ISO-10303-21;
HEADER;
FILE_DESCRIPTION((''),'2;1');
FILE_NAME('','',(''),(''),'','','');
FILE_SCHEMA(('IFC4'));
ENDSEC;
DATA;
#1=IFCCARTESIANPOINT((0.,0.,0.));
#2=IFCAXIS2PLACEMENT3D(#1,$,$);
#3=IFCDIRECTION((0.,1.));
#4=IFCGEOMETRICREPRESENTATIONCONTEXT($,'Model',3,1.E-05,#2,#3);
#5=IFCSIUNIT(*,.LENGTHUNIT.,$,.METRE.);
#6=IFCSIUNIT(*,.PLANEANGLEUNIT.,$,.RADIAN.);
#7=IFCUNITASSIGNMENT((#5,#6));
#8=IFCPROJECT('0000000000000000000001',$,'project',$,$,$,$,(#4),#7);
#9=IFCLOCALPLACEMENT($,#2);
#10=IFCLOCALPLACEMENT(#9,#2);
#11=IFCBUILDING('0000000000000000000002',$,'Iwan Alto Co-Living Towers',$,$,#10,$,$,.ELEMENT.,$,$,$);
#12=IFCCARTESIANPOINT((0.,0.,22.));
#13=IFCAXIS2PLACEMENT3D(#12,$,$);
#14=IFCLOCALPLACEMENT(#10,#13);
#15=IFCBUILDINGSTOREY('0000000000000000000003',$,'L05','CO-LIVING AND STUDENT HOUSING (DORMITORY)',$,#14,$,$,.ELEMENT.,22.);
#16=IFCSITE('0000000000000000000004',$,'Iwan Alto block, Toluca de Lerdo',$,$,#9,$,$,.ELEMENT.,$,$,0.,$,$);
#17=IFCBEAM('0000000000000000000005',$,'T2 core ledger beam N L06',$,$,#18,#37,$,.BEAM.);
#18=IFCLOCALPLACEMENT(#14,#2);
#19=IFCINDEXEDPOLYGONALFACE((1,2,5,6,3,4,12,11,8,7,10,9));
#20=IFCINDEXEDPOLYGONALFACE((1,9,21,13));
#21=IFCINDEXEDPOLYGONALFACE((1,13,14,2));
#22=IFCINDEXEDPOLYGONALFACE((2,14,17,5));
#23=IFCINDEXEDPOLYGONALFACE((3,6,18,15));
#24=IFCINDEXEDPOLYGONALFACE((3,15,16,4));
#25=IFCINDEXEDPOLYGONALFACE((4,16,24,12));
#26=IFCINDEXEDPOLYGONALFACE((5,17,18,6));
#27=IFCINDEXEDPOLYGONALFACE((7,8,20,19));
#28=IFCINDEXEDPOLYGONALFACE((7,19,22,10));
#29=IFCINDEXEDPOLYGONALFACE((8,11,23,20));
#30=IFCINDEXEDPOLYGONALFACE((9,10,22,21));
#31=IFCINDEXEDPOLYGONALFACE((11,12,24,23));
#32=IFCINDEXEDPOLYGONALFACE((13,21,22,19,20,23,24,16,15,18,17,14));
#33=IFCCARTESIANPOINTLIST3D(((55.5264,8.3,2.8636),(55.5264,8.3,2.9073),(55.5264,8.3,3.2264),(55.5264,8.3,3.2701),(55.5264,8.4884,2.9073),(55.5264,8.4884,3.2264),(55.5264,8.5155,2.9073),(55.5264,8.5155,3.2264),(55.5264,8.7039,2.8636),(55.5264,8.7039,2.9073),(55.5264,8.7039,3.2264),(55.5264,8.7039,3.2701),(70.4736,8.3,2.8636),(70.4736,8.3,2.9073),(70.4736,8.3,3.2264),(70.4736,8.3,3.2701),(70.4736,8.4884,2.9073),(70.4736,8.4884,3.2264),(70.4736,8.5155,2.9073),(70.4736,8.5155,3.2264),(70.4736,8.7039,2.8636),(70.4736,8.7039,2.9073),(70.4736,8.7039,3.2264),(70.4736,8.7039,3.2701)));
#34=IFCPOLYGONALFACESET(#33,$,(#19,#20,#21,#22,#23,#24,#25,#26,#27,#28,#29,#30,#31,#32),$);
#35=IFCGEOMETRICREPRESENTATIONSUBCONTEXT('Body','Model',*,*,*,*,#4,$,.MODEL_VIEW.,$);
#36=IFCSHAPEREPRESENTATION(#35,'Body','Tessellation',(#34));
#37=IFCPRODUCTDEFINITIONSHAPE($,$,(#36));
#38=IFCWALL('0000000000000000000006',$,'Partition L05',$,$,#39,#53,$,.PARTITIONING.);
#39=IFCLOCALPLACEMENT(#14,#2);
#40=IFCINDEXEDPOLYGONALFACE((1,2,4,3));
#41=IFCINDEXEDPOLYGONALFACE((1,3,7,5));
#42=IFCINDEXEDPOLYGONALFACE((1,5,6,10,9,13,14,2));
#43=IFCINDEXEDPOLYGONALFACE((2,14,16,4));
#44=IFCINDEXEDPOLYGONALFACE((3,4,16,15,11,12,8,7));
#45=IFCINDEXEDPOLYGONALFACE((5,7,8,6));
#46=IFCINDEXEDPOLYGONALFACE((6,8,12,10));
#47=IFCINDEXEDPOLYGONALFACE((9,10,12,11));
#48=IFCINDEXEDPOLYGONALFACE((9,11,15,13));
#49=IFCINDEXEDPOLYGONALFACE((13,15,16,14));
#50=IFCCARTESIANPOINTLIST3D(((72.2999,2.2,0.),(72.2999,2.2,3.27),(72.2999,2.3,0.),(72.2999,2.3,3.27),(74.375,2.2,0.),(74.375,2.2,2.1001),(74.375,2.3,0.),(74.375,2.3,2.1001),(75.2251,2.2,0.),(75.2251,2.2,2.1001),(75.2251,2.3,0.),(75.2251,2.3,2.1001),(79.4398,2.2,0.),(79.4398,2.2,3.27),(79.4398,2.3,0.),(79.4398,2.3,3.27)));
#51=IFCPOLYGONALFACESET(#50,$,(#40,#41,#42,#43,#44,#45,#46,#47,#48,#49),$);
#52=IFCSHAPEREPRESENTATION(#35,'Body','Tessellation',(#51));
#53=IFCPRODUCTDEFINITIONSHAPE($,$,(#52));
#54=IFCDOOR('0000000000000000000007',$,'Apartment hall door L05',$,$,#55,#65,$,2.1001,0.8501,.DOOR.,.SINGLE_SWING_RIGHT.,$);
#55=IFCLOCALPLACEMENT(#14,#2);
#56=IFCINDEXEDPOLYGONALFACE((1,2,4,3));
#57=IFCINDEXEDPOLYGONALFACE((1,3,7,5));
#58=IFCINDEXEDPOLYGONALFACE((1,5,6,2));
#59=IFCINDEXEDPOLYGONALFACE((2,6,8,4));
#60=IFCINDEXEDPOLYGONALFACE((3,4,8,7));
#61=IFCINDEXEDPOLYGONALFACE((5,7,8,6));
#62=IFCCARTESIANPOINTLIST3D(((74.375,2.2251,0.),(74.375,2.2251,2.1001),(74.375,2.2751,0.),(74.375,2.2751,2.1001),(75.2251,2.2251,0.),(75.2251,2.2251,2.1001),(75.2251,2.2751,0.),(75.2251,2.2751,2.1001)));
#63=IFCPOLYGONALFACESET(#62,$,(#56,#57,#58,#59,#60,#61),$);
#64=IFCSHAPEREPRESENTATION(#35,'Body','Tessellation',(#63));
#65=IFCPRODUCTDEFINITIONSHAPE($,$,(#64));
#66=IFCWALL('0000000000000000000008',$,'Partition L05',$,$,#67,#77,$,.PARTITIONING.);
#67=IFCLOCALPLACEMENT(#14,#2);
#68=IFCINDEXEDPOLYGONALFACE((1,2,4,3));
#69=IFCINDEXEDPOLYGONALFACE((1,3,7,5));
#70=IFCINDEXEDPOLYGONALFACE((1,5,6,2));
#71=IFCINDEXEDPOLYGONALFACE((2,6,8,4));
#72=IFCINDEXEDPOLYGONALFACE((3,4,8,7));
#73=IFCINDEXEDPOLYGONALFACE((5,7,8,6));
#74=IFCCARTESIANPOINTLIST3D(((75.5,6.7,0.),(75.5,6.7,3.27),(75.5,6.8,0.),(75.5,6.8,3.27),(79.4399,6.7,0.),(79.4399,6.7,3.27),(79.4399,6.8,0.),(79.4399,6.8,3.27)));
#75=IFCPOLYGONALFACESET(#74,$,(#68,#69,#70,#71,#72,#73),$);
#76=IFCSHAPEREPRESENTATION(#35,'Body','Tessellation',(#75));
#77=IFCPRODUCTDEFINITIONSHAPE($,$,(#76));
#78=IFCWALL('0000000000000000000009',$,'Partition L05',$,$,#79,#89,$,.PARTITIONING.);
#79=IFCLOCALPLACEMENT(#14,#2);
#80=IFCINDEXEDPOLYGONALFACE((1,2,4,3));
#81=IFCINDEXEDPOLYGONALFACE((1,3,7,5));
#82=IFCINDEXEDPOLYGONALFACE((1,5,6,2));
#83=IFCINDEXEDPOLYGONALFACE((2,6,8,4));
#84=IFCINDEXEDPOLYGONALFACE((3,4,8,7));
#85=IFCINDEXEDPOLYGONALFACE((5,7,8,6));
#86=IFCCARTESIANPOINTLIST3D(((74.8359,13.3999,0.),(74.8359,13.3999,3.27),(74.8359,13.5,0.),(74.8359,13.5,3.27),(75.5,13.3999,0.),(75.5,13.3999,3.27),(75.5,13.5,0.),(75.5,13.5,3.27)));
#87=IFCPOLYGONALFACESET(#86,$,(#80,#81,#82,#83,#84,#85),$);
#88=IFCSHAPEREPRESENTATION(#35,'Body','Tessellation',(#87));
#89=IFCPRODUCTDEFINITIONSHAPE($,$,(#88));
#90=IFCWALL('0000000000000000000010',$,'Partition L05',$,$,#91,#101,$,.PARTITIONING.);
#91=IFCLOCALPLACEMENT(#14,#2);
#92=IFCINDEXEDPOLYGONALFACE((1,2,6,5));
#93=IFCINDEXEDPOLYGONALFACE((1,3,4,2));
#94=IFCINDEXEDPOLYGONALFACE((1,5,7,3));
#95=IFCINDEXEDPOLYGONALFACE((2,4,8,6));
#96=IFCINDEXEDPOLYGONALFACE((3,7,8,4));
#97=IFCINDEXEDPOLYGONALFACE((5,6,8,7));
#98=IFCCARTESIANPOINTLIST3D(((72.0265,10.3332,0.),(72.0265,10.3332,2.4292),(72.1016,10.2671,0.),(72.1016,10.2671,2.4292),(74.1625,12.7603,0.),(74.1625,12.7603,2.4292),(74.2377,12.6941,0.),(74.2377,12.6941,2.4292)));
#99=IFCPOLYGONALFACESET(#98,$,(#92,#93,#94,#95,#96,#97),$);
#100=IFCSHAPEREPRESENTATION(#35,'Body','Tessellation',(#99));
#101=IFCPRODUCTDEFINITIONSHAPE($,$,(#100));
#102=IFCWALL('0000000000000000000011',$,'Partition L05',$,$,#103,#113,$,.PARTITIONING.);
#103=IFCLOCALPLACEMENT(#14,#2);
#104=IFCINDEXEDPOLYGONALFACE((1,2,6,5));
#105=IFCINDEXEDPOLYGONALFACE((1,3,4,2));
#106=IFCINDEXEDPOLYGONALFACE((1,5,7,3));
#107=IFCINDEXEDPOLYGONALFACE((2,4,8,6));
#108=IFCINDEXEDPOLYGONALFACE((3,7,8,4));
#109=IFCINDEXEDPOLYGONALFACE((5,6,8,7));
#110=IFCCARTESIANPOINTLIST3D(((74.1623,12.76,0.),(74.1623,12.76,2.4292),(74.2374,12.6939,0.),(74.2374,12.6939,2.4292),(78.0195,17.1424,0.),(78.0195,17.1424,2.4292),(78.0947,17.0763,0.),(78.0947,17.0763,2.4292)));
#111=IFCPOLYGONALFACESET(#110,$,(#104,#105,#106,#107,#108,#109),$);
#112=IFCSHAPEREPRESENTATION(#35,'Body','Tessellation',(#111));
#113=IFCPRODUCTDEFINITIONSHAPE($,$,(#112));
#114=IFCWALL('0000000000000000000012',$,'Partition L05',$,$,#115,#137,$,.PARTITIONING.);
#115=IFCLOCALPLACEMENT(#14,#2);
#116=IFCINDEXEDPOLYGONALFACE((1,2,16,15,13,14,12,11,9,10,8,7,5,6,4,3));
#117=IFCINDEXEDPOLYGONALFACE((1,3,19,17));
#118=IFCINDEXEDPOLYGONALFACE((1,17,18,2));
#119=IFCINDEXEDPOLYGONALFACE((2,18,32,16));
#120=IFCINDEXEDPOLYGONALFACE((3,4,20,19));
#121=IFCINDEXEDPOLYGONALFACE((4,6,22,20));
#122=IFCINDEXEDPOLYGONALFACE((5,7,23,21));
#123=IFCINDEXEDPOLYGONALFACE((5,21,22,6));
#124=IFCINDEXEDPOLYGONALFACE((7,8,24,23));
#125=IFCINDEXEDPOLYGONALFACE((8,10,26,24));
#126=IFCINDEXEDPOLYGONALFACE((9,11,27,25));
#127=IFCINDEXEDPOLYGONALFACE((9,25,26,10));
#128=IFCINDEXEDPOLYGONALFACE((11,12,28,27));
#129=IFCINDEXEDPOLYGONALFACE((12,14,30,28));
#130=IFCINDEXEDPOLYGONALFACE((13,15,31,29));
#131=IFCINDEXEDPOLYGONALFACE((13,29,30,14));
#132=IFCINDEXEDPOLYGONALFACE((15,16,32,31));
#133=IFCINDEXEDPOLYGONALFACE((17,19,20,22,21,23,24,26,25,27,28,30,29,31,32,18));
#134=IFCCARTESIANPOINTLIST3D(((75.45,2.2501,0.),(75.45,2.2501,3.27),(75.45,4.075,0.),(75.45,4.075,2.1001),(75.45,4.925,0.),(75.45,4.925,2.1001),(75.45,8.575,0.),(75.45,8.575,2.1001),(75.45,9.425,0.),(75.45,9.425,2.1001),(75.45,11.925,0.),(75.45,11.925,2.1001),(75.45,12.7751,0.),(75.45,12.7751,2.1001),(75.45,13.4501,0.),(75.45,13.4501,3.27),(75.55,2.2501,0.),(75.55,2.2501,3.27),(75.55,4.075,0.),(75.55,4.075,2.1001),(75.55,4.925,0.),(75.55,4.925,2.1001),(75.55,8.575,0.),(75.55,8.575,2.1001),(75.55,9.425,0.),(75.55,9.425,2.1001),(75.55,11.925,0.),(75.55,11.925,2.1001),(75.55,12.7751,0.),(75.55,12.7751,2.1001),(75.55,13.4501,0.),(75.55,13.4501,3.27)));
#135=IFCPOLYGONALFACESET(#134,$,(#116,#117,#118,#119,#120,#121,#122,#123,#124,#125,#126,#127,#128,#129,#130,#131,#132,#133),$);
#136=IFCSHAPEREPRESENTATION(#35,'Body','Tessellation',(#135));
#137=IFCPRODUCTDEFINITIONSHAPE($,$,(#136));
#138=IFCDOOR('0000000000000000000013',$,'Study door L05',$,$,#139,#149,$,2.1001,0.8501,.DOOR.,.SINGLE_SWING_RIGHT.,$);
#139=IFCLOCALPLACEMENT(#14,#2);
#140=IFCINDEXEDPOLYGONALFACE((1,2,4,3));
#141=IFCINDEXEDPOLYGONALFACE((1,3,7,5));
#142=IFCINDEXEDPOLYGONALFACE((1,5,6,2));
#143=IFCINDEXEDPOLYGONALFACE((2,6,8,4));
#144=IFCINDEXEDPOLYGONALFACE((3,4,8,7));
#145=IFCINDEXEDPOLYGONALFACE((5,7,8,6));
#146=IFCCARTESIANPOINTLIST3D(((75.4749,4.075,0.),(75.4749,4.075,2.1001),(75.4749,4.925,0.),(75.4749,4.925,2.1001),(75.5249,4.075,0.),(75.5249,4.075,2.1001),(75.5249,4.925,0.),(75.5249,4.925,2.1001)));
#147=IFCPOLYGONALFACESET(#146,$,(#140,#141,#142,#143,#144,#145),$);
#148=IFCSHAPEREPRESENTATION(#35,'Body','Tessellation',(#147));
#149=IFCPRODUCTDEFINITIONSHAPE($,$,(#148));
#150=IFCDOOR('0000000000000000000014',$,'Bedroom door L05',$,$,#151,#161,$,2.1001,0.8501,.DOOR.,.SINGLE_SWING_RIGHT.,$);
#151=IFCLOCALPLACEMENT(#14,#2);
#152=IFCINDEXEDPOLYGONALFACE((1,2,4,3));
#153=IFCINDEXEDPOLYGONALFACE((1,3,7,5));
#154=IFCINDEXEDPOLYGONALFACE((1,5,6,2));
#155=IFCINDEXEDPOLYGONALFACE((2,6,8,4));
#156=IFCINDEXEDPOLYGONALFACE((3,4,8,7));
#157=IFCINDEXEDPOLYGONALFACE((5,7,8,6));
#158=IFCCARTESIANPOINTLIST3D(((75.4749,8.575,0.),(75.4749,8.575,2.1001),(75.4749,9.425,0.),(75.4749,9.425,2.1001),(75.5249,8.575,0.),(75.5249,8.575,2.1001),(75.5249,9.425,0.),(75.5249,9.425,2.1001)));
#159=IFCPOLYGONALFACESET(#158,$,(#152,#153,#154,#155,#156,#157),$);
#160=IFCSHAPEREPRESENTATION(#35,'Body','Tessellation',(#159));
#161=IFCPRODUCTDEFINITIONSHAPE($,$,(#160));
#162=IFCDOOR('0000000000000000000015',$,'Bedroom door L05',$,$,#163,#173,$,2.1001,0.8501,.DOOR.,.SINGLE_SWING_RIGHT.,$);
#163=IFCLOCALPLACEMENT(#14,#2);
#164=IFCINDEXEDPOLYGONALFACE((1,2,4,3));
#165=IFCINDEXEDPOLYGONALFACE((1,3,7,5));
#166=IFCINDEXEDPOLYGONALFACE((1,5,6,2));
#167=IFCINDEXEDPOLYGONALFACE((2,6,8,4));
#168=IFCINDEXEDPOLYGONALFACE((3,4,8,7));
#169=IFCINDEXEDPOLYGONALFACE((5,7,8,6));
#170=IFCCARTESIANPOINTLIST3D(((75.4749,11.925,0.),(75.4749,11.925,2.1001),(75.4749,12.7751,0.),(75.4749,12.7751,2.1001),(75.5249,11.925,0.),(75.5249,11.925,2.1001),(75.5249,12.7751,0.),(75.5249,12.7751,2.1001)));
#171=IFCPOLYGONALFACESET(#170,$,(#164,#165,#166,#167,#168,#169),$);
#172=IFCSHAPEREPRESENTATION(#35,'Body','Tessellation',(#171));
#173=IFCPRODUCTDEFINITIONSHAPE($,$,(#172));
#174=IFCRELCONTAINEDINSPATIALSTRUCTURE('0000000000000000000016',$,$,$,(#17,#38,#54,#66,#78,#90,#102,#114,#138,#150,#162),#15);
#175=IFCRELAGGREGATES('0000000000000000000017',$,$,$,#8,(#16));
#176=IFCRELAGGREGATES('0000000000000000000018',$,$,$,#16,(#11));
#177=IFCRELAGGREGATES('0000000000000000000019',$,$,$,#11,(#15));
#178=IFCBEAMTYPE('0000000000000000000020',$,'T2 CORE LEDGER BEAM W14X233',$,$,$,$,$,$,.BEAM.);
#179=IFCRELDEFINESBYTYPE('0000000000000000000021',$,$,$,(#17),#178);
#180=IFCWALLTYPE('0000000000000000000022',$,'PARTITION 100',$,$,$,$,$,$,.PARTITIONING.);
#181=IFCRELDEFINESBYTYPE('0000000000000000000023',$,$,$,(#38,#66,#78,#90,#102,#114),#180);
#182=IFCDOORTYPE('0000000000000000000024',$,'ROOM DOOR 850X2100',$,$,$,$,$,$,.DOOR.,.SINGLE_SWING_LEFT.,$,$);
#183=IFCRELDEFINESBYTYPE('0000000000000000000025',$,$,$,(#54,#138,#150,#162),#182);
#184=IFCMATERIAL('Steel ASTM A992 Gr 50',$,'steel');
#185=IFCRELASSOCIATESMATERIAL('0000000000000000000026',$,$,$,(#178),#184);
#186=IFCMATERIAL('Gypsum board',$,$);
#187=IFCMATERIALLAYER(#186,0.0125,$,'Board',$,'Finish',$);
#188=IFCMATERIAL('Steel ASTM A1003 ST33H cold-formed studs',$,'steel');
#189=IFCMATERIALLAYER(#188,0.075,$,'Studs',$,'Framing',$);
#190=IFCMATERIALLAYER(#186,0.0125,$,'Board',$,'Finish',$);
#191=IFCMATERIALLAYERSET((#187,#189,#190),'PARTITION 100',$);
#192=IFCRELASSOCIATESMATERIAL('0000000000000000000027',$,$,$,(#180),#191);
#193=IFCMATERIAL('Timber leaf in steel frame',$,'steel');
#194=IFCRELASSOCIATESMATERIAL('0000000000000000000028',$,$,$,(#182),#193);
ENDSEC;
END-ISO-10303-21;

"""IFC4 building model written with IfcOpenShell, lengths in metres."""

from ifc_helpers import new_model, si_unit, direction, frame, frame_2d, origin, origin_2d, place, context, subcontext, project, spatial, rectangle, i_section, extrude, material, layer, layer_set, material_profile, profile_set, type_object, element, fill, save


model = new_model("IFC4")

# Units and contexts
model_context = context("Model", 3, precision=1e-05, world=origin(), true_north=direction((0.0, 1.0)))
body_context = subcontext(model_context, "Body", "Model", "MODEL_VIEW")
ifc_project = project(units=[si_unit("LENGTHUNIT", "METRE"), si_unit("PLANEANGLEUNIT", "RADIAN")], contexts=[model_context])

# Site, building, storey
site_placement = place(None, origin())
site = spatial("IfcSite", under=ifc_project, at=site_placement, Name="Iwan Alto block, Toluca de Lerdo", CompositionType="ELEMENT", RefElevation=0.0)
building_placement = place(site_placement, origin())
building = spatial("IfcBuilding", under=site, at=building_placement, Name="Iwan Alto Co-Living Towers", CompositionType="ELEMENT")
storey_placement = place(building_placement, frame((0.0, 0.0, 22.0)))
storey = spatial("IfcBuildingStorey", under=building, at=storey_placement, Name="L05", Description="CO-LIVING AND STUDENT HOUSING (DORMITORY)", CompositionType="ELEMENT", Elevation=22.0)

# Beam
ifc_material_1 = material(Name="Steel ASTM A992 Gr 50", Category="steel")
ifc_material_profile = material_profile(ifc_material_1, i_section(OverallWidth=0.4038, OverallDepth=0.4065, WebThickness=0.0271, FlangeThickness=0.0437, at=origin_2d()), Name="W14X233")
ifc_profile_set = profile_set([ifc_material_profile], Name="Steel ASTM A992 Gr 50")
beam_type = type_object("IfcBeamType", Name="T2 CORE LEDGER BEAM W14X233", PredefinedType="BEAM", material=ifc_profile_set)
beam_placement = place(storey_placement, frame((70.4736, 8.502, 3.0669), z_axis=(-1.0, 0.0, 0.0), x_axis=(0.0, -1.0, 0.0)))
element("IfcBeam", 1, at=beam_placement, inside=storey, type_object=beam_type, Name="T2 core ledger beam N L06", PredefinedType="BEAM", context=body_context, shape_type="SweptSolid", body=[
    extrude(i_section(OverallWidth=0.4038, OverallDepth=0.4065, WebThickness=0.0271, FlangeThickness=0.0437, at=origin_2d()), origin(), (0.0, 0.0, 1.0), 14.9473),
])

# Wall, opening, door
ifc_material_2 = material(Name="Gypsum board")
ifc_layer_1 = layer(ifc_material_2, 0.0125, Name="Board", Category="Finish")
ifc_material_3 = material(Name="Steel ASTM A1003 ST33H cold-formed studs", Category="steel")
ifc_layer_2 = layer(ifc_material_3, 0.075, Name="Studs", Category="Framing")
ifc_layer_3 = layer(ifc_material_2, 0.0125, Name="Board", Category="Finish")
ifc_layer_set_1 = layer_set([ifc_layer_1, ifc_layer_2, ifc_layer_3], Name="PARTITION 100")
wall_type_1 = type_object("IfcWallType", Name="PARTITION 100", PredefinedType="PARTITIONING", material=ifc_layer_set_1)
wall_1_placement = place(storey_placement, frame((72.3, 2.25, 0.0), z_axis=(0.0, 0.0, 1.0), x_axis=(1.0, 0.0, 0.0)))
wall_1 = element("IfcWall", 2, at=wall_1_placement, inside=storey, type_object=wall_type_1, Name="Partition L05", PredefinedType="PARTITIONING", context=body_context, shape_type="SweptSolid", body=[
    extrude(rectangle(XDim=7.1399, YDim=0.1001, at=frame_2d((3.5698, 0.0))), origin(), (0.0, 0.0, 1.0), 3.27),
])
opening_1_placement = place(wall_1_placement, frame((2.075, 0.0, 0.0)))
opening_1 = element("IfcOpeningElement", 3, at=opening_1_placement, cuts=wall_1, PredefinedType="OPENING", context=body_context, shape_type="SweptSolid", body=[
    extrude(rectangle(XDim=0.8501, YDim=2.1001, at=frame_2d((0.425, 1.05))), frame((0.0, 0.0601, 0.0), z_axis=(0.0, -1.0, 0.0), x_axis=(1.0, 0.0, 0.0)), (0.0, 0.0, 1.0), 0.1201),
])
ifc_material_4 = material(Name="Timber leaf in steel frame", Category="steel")
door_type_1 = type_object("IfcDoorType", Name="ROOM DOOR 850X2100", OperationType="SINGLE_SWING_LEFT", PredefinedType="DOOR", material=ifc_material_4)
door_1_placement = place(opening_1_placement, frame((0.8501, 0.0, 0.0), z_axis=(0.0, 0.0, 1.0), x_axis=(-1.0, 0.0, 0.0)))
door_1 = element("IfcDoor", 4, at=door_1_placement, inside=storey, type_object=door_type_1, Name="Apartment hall door L05", OperationType="SINGLE_SWING_RIGHT", OverallHeight=2.1001, OverallWidth=0.8501, PredefinedType="DOOR", context=body_context, shape_type="SweptSolid", body=[
    extrude(rectangle(XDim=0.8501, YDim=2.1001, at=frame_2d((0.425, 1.05))), frame((0.0, 0.0249, 0.0), z_axis=(0.0, -1.0, 0.0), x_axis=(1.0, 0.0, 0.0)), (0.0, 0.0, 1.0), 0.05),
])
fill(opening_1, door_1)

# Walls
wall_2_placement = place(storey_placement, frame((75.5, 6.75, 0.0), z_axis=(0.0, 0.0, 1.0), x_axis=(1.0, 0.0, 0.0)))
element("IfcWall", 5, at=wall_2_placement, inside=storey, type_object=wall_type_1, Name="Partition L05", PredefinedType="PARTITIONING", context=body_context, shape_type="SweptSolid", body=[
    extrude(rectangle(XDim=3.9399, YDim=0.1001, at=frame_2d((1.97, 0.0))), origin(), (0.0, 0.0, 1.0), 3.27),
])
wall_3_placement = place(storey_placement, frame((74.8359, 13.45, 0.0), z_axis=(0.0, 0.0, 1.0), x_axis=(1.0, 0.0, 0.0)))
element("IfcWall", 6, at=wall_3_placement, inside=storey, type_object=wall_type_1, Name="Partition L05", PredefinedType="PARTITIONING", context=body_context, shape_type="SweptSolid", body=[
    extrude(rectangle(XDim=0.6641, YDim=0.1001, at=frame_2d((0.332, 0.0))), origin(), (0.0, 0.0, 1.0), 3.27),
])
wall_4_placement = place(storey_placement, frame((72.064, 10.3, 0.0), z_axis=(0.0, 0.0, 1.0), x_axis=(0.660667, 0.750679, 0.0)))
element("IfcWall", 7, at=wall_4_placement, inside=storey, type_object=wall_type_1, Name="Partition L05", PredefinedType="PARTITIONING", context=body_context, shape_type="SweptSolid", body=[
    extrude(rectangle(XDim=3.2332, YDim=0.1001, at=frame_2d((1.6167, 0.0))), origin(), (0.0, 0.0, 1.0), 2.4292),
])
wall_5_placement = place(storey_placement, frame((74.2, 12.7271, 0.0), z_axis=(0.0, 0.0, 1.0), x_axis=(0.660699, 0.750651, 0.0)))
element("IfcWall", 8, at=wall_5_placement, inside=storey, type_object=wall_type_1, Name="Partition L05", PredefinedType="PARTITIONING", context=body_context, shape_type="SweptSolid", body=[
    extrude(rectangle(XDim=5.8381, YDim=0.1001, at=frame_2d((2.9189, 0.0))), origin(), (0.0, 0.0, 1.0), 2.4292),
])

# Wall, openings, doors
wall_6_placement = place(storey_placement, frame((75.5, 2.25, 0.0), z_axis=(0.0, 0.0, 1.0), x_axis=(0.0, 1.0, 0.0)))
wall_6 = element("IfcWall", 9, at=wall_6_placement, inside=storey, type_object=wall_type_1, Name="Partition L05", PredefinedType="PARTITIONING", context=body_context, shape_type="SweptSolid", body=[
    extrude(rectangle(XDim=11.2, YDim=0.1001, at=frame_2d((5.6001, 0.0))), origin(), (0.0, 0.0, 1.0), 3.27),
])
opening_2_placement = place(wall_6_placement, frame((1.825, 0.0, 0.0)))
opening_2 = element("IfcOpeningElement", 10, at=opening_2_placement, cuts=wall_6, PredefinedType="OPENING", context=body_context, shape_type="SweptSolid", body=[
    extrude(rectangle(XDim=0.8501, YDim=2.1001, at=frame_2d((0.425, 1.05))), frame((0.0, 0.0601, 0.0), z_axis=(0.0, -1.0, 0.0), x_axis=(1.0, 0.0, 0.0)), (0.0, 0.0, 1.0), 0.1201),
])
opening_3_placement = place(wall_6_placement, frame((6.325, 0.0, 0.0)))
opening_3 = element("IfcOpeningElement", 11, at=opening_3_placement, cuts=wall_6, PredefinedType="OPENING", context=body_context, shape_type="SweptSolid", body=[
    extrude(rectangle(XDim=0.8501, YDim=2.1001, at=frame_2d((0.425, 1.05))), frame((0.0, 0.0601, 0.0), z_axis=(0.0, -1.0, 0.0), x_axis=(1.0, 0.0, 0.0)), (0.0, 0.0, 1.0), 0.1201),
])
opening_4_placement = place(wall_6_placement, frame((9.675, 0.0, 0.0)))
opening_4 = element("IfcOpeningElement", 12, at=opening_4_placement, cuts=wall_6, PredefinedType="OPENING", context=body_context, shape_type="SweptSolid", body=[
    extrude(rectangle(XDim=0.8501, YDim=2.1001, at=frame_2d((0.425, 1.05))), frame((0.0, 0.0601, 0.0), z_axis=(0.0, -1.0, 0.0), x_axis=(1.0, 0.0, 0.0)), (0.0, 0.0, 1.0), 0.1201),
])
door_2_placement = place(opening_2_placement, frame((0.8501, 0.0, 0.0), z_axis=(0.0, 0.0, 1.0), x_axis=(-1.0, 0.0, 0.0)))
door_2 = element("IfcDoor", 13, at=door_2_placement, inside=storey, type_object=door_type_1, Name="Study door L05", OperationType="SINGLE_SWING_RIGHT", OverallHeight=2.1001, OverallWidth=0.8501, PredefinedType="DOOR", context=body_context, shape_type="SweptSolid", body=[
    extrude(rectangle(XDim=0.8501, YDim=2.1001, at=frame_2d((0.425, 1.05))), frame((0.0, 0.0249, 0.0), z_axis=(0.0, -1.0, 0.0), x_axis=(1.0, 0.0, 0.0)), (0.0, 0.0, 1.0), 0.05),
])
fill(opening_2, door_2)
door_3_placement = place(opening_3_placement, frame((0.8501, 0.0, 0.0), z_axis=(0.0, 0.0, 1.0), x_axis=(-1.0, 0.0, 0.0)))
door_3 = element("IfcDoor", 14, at=door_3_placement, inside=storey, type_object=door_type_1, Name="Bedroom door L05", OperationType="SINGLE_SWING_RIGHT", OverallHeight=2.1001, OverallWidth=0.8501, PredefinedType="DOOR", context=body_context, shape_type="SweptSolid", body=[
    extrude(rectangle(XDim=0.8501, YDim=2.1001, at=frame_2d((0.425, 1.05))), frame((0.0, 0.0249, 0.0), z_axis=(0.0, -1.0, 0.0), x_axis=(1.0, 0.0, 0.0)), (0.0, 0.0, 1.0), 0.05),
])
fill(opening_3, door_3)
door_4_placement = place(opening_4_placement, frame((0.8501, 0.0, 0.0), z_axis=(0.0, 0.0, 1.0), x_axis=(-1.0, 0.0, 0.0)))
door_4 = element("IfcDoor", 15, at=door_4_placement, inside=storey, type_object=door_type_1, Name="Bedroom door L05", OperationType="SINGLE_SWING_RIGHT", OverallHeight=2.1001, OverallWidth=0.8501, PredefinedType="DOOR", context=body_context, shape_type="SweptSolid", body=[
    extrude(rectangle(XDim=0.8501, YDim=2.1001, at=frame_2d((0.425, 1.05))), frame((0.0, 0.0249, 0.0), z_axis=(0.0, -1.0, 0.0), x_axis=(1.0, 0.0, 0.0)), (0.0, 0.0, 1.0), 0.05),
])
fill(opening_4, door_4)

save(model, "model.ifc")
